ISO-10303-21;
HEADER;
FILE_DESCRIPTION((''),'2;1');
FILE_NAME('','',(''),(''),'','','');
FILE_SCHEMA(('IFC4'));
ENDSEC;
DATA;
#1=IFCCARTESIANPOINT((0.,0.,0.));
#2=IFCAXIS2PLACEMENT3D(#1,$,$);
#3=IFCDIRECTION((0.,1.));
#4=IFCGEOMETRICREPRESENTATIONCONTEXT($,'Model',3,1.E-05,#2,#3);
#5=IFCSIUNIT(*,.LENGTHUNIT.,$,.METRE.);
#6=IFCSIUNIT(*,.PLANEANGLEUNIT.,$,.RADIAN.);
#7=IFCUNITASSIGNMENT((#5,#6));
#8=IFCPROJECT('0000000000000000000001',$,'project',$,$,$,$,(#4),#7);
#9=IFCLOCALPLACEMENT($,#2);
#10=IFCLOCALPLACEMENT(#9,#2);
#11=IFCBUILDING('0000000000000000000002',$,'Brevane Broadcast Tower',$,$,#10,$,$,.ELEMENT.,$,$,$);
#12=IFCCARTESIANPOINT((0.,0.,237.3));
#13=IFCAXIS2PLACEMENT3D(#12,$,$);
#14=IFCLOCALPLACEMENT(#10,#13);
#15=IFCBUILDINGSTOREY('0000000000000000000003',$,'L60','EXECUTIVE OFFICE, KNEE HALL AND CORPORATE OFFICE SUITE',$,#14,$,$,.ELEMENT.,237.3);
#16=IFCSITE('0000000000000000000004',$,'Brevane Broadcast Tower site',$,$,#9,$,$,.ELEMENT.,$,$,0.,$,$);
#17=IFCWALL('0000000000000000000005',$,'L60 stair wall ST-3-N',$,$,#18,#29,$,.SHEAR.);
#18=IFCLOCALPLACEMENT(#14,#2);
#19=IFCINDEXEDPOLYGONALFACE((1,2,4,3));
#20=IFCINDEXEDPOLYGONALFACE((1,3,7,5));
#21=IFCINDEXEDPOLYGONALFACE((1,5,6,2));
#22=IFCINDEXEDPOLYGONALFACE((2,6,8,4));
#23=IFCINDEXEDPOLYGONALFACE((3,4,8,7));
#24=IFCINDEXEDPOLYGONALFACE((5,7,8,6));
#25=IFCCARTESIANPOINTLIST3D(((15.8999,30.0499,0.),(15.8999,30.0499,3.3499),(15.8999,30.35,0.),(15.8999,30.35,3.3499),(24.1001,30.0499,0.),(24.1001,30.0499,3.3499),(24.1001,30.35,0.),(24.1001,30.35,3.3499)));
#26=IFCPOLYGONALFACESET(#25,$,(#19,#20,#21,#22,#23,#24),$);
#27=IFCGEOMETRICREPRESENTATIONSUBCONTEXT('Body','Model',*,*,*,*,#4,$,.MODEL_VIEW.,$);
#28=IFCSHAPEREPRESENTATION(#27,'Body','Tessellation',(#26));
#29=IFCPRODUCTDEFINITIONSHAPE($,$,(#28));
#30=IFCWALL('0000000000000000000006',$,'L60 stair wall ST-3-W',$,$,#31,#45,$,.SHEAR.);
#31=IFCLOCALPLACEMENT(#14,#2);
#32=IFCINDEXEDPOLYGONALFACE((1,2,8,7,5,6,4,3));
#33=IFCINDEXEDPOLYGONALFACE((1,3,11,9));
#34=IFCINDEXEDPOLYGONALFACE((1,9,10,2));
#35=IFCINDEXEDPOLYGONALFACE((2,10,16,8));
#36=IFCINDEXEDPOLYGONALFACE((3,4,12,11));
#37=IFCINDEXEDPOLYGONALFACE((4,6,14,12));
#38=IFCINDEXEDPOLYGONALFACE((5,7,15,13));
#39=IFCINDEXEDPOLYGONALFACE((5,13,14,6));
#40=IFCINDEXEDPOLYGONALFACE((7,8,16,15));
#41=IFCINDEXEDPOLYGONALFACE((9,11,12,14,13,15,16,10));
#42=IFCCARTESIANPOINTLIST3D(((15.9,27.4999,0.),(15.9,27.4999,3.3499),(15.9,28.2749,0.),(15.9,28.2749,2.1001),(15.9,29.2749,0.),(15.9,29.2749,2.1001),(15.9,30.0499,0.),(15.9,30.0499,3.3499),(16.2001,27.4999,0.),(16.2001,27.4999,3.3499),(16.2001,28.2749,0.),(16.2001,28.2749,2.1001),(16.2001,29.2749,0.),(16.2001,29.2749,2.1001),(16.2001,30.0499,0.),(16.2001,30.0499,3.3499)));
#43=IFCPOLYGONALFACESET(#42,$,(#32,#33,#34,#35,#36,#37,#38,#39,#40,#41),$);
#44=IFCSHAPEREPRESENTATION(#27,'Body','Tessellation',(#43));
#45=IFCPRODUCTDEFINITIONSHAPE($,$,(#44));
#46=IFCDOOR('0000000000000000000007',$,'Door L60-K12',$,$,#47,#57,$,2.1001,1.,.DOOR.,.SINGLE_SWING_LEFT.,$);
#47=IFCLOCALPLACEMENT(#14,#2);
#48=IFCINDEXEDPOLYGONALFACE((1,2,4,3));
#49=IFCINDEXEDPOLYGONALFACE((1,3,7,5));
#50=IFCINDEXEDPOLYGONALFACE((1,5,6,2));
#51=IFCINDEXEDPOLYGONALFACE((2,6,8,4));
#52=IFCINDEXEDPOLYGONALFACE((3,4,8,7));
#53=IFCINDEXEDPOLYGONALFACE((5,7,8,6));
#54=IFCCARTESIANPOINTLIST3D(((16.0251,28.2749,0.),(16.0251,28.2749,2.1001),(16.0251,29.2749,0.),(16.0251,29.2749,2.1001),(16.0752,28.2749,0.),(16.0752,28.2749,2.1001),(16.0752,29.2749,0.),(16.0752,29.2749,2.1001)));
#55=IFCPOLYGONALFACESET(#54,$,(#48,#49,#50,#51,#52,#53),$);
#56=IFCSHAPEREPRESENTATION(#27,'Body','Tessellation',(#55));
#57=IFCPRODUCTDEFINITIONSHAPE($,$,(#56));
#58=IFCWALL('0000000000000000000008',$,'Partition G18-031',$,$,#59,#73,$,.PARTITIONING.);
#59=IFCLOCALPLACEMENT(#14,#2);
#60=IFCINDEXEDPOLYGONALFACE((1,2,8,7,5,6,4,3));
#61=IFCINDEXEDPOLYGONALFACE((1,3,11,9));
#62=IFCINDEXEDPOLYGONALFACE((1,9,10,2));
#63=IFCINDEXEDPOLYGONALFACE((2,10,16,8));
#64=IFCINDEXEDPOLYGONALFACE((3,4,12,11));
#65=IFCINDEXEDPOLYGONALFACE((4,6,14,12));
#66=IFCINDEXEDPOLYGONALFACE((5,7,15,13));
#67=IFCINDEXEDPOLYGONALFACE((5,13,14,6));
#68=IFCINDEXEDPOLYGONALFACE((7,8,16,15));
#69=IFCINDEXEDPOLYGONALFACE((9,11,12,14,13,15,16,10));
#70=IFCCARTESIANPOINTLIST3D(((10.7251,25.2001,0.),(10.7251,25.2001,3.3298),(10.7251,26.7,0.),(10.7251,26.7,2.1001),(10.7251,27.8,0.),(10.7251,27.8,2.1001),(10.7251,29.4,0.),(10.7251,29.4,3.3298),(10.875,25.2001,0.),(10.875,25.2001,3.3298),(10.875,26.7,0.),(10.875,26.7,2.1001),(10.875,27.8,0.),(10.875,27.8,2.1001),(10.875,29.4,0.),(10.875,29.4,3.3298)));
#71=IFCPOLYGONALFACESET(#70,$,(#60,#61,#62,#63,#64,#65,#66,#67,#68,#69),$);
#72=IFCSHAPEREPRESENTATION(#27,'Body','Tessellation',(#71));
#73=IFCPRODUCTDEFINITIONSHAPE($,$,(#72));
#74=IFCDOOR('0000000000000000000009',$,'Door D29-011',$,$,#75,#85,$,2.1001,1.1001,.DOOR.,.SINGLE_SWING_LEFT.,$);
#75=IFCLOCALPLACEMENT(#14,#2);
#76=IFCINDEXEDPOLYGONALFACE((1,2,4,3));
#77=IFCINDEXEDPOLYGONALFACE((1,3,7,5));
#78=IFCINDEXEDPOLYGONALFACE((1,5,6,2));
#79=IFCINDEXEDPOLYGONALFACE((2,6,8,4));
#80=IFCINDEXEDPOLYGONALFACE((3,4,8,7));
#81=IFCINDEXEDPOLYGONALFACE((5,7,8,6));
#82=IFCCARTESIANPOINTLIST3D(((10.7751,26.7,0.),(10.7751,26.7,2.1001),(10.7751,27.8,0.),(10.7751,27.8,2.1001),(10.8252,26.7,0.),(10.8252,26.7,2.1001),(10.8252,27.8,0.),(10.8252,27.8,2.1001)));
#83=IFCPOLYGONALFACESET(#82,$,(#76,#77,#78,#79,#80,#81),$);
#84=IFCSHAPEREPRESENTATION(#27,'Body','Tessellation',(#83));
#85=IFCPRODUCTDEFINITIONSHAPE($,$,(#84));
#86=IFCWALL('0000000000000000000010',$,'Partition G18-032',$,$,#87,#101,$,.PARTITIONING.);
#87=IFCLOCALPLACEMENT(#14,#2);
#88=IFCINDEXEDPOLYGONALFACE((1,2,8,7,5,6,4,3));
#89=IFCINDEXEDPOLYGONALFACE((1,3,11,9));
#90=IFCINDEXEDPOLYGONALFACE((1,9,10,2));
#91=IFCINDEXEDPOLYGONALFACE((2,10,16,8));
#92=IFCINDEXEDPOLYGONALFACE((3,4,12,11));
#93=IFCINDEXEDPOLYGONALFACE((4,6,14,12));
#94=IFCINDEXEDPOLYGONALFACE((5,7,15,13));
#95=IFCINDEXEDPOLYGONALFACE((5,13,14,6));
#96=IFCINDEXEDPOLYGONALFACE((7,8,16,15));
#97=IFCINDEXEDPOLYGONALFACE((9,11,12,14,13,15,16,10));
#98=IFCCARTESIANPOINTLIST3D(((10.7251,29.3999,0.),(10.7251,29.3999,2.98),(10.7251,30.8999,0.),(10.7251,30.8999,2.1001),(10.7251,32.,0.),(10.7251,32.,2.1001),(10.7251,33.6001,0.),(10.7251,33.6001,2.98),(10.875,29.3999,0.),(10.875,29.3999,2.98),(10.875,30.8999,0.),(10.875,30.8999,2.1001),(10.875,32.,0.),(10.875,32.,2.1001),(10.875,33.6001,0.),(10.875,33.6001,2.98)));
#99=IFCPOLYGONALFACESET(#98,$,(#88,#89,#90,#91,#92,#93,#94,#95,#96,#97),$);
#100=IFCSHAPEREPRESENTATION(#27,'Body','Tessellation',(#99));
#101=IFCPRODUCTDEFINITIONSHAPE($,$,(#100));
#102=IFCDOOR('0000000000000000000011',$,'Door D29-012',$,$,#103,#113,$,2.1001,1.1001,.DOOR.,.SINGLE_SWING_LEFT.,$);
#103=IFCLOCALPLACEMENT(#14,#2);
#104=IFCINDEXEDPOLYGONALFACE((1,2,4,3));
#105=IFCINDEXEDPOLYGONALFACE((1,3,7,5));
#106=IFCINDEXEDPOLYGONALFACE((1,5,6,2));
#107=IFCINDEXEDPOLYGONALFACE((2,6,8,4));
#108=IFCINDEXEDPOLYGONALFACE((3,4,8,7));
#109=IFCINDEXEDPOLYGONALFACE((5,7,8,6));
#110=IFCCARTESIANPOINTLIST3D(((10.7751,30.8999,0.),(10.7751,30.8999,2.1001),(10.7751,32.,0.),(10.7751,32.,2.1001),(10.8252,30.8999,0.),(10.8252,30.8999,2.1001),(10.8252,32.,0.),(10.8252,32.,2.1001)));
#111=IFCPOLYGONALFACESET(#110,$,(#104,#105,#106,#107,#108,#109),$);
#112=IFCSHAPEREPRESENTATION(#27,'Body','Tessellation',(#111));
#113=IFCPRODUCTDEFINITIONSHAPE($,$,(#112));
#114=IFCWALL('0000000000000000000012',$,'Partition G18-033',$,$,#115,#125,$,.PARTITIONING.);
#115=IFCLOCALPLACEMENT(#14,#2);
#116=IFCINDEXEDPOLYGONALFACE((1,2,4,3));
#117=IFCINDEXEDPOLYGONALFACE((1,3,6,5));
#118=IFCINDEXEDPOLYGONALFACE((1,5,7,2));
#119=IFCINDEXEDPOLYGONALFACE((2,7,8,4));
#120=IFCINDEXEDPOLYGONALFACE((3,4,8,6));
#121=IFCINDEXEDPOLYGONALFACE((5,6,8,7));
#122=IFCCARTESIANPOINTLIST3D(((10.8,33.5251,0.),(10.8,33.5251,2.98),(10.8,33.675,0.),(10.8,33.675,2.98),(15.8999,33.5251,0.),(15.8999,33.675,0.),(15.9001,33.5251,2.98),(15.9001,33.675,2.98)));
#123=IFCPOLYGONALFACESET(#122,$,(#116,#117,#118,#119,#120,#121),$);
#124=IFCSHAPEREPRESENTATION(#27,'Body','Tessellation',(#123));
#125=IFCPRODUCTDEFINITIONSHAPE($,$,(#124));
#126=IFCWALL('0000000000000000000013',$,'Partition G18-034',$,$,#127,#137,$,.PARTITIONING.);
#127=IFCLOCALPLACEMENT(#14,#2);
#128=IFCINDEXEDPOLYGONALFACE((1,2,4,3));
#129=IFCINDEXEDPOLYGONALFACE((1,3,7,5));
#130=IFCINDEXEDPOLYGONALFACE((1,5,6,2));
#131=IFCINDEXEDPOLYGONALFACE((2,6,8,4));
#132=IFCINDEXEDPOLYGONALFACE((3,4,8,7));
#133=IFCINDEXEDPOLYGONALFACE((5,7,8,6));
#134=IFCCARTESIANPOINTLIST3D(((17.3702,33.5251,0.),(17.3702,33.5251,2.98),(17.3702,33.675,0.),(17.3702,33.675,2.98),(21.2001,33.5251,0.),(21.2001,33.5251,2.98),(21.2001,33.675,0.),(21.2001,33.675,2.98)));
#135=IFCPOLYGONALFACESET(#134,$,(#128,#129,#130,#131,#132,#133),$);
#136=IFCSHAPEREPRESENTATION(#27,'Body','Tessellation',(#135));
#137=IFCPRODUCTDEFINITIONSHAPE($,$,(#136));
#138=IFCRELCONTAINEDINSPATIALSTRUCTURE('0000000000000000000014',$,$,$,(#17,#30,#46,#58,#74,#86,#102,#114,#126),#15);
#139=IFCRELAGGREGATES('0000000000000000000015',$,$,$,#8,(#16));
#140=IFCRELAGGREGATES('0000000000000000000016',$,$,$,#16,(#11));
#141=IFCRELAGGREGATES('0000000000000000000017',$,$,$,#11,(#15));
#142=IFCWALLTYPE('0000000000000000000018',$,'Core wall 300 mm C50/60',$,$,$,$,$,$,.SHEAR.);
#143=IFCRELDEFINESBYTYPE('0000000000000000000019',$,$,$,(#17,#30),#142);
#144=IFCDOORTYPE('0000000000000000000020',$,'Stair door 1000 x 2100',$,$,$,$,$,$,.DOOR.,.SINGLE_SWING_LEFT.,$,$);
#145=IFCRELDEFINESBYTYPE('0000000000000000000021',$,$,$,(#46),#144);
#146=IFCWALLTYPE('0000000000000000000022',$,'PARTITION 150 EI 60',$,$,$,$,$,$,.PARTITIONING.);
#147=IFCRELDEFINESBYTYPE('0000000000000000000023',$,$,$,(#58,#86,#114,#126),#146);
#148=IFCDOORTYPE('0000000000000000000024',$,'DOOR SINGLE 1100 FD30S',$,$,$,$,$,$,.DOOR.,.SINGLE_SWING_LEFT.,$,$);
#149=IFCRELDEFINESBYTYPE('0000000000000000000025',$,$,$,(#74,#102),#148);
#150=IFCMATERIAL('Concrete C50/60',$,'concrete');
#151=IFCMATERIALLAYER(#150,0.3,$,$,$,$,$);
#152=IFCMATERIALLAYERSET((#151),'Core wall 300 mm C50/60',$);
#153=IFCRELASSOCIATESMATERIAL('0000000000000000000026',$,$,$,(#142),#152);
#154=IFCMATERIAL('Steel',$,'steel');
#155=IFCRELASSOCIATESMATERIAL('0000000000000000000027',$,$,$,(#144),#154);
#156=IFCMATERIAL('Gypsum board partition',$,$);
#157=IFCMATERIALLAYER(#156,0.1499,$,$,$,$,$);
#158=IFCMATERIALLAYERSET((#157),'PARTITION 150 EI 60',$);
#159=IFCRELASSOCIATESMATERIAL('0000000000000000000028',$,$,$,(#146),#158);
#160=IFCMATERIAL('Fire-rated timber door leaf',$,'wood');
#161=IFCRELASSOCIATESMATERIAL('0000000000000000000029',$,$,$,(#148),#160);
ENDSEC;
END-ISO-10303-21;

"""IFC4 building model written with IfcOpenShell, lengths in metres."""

from ifc_helpers import new_model, si_unit, direction, frame, frame_2d, origin, place, context, subcontext, project, spatial, polyline, rectangle, outline, extrude, material, layer, layer_set, type_object, element, fill, save


model = new_model("IFC4")

# Units and contexts
model_context = context("Model", 3, precision=1e-05, world=origin(), true_north=direction((0.0, 1.0)))
body_context = subcontext(model_context, "Body", "Model", "MODEL_VIEW")
ifc_project = project(units=[si_unit("LENGTHUNIT", "METRE"), si_unit("PLANEANGLEUNIT", "RADIAN")], contexts=[model_context])

# Site, building, storey
site_placement = place(None, origin())
site = spatial("IfcSite", under=ifc_project, at=site_placement, Name="Brevane Broadcast Tower site", CompositionType="ELEMENT", RefElevation=0.0)
building_placement = place(site_placement, origin())
building = spatial("IfcBuilding", under=site, at=building_placement, Name="Brevane Broadcast Tower", CompositionType="ELEMENT")
storey_placement = place(building_placement, frame((0.0, 0.0, 237.3)))
storey = spatial("IfcBuildingStorey", under=building, at=storey_placement, Name="L60", Description="EXECUTIVE OFFICE, KNEE HALL AND CORPORATE OFFICE SUITE", CompositionType="ELEMENT", Elevation=237.3)

# Shared definitions
ifc_material_1 = material(Name="Concrete C50/60", Category="concrete")

# Wall
ifc_layer_1 = layer(ifc_material_1, 0.3)
ifc_layer_set_1 = layer_set([ifc_layer_1], Name="Core wall 300 mm C50/60")
wall_type_1 = type_object("IfcWallType", Name="Core wall 300 mm C50/60", PredefinedType="SHEAR", material=ifc_layer_set_1)
for number, where, z_axis, x_axis, name in (
    (1, (15.8999, 30.2, 0.0), (0.0, 0.0, 1.0), (1.0, 0.0, 0.0), "L60 stair wall ST-3-N"),
):
    element("IfcWall", number, at=place(storey_placement, frame(where, z_axis=z_axis, x_axis=x_axis)), inside=storey, type_object=wall_type_1, Name=name, PredefinedType="SHEAR", context=body_context, shape_type="SweptSolid", body=[
        extrude(rectangle(XDim=8.2002, YDim=0.3, at=frame_2d((4.1001, 0.0))), origin(), (0.0, 0.0, 1.0), 3.3499),
    ])

# Walls, openings, doors
wall_1_placement = place(storey_placement, frame((16.05, 27.5, 0.0), z_axis=(0.0, 0.0, 1.0), x_axis=(0.0, 1.0, 0.0)))
wall_1 = element("IfcWall", 2, at=wall_1_placement, inside=storey, type_object=wall_type_1, Name="L60 stair wall ST-3-W", PredefinedType="SHEAR", context=body_context, shape_type="SweptSolid", body=[
    extrude(rectangle(XDim=2.55, YDim=0.3, at=frame_2d((1.2749, 0.0))), origin(), (0.0, 0.0, 1.0), 3.3499),
])
opening_1_placement = place(wall_1_placement, frame((0.7749, 0.0, 0.0)))
opening_1 = element("IfcOpeningElement", 3, at=opening_1_placement, cuts=wall_1, PredefinedType="OPENING", context=body_context, shape_type="SweptSolid", body=[
    extrude(rectangle(XDim=1.0, YDim=2.1001, at=frame_2d((0.5, 1.05))), frame((0.0, 0.1599, 0.0), z_axis=(0.0, -1.0, 0.0), x_axis=(1.0, 0.0, 0.0)), (0.0, 0.0, 1.0), 0.3201),
])
ifc_material_2 = material(Name="Steel", Category="steel")
door_type_1 = type_object("IfcDoorType", Name="Stair door 1000 x 2100", OperationType="SINGLE_SWING_LEFT", PredefinedType="DOOR", material=ifc_material_2)
door_1_placement = place(opening_1_placement, origin())
door_1 = element("IfcDoor", 4, at=door_1_placement, inside=storey, type_object=door_type_1, Name="Door L60-K12", OperationType="SINGLE_SWING_LEFT", OverallHeight=2.1001, OverallWidth=1.0, PredefinedType="DOOR", context=body_context, shape_type="SweptSolid", body=[
    extrude(rectangle(XDim=1.0, YDim=2.1001, at=frame_2d((0.5, 1.05))), frame((0.0, 0.0249, 0.0), z_axis=(0.0, -1.0, 0.0), x_axis=(1.0, 0.0, 0.0)), (0.0, 0.0, 1.0), 0.05),
])
fill(opening_1, door_1)
ifc_material_3 = material(Name="Gypsum board partition")
ifc_layer_2 = layer(ifc_material_3, 0.1499)
ifc_layer_set_2 = layer_set([ifc_layer_2], Name="PARTITION 150 EI 60")
wall_type_2 = type_object("IfcWallType", Name="PARTITION 150 EI 60", PredefinedType="PARTITIONING", material=ifc_layer_set_2)
wall_2_placement = place(storey_placement, frame((10.8, 25.2, 0.0), z_axis=(0.0, 0.0, 1.0), x_axis=(0.0, 1.0, 0.0)))
wall_2 = element("IfcWall", 5, at=wall_2_placement, inside=storey, type_object=wall_type_2, Name="Partition G18-031", PredefinedType="PARTITIONING", context=body_context, shape_type="SweptSolid", body=[
    extrude(rectangle(XDim=4.2, YDim=0.1499, at=frame_2d((2.1001, 0.0))), origin(), (0.0, 0.0, 1.0), 3.3298),
])
opening_2_placement = place(wall_2_placement, frame((1.5, 0.0, 0.0)))
opening_2 = element("IfcOpeningElement", 6, at=opening_2_placement, cuts=wall_2, PredefinedType="OPENING", context=body_context, shape_type="SweptSolid", body=[
    extrude(rectangle(XDim=1.1001, YDim=2.1001, at=frame_2d((0.55, 1.05))), frame((0.0, 0.085, 0.0), z_axis=(0.0, -1.0, 0.0), x_axis=(1.0, 0.0, 0.0)), (0.0, 0.0, 1.0), 0.1699),
])
ifc_material_4 = material(Name="Fire-rated timber door leaf", Category="wood")
door_type_2 = type_object("IfcDoorType", Name="DOOR SINGLE 1100 FD30S", OperationType="SINGLE_SWING_LEFT", PredefinedType="DOOR", material=ifc_material_4)
door_2_placement = place(opening_2_placement, origin())
door_2 = element("IfcDoor", 7, at=door_2_placement, inside=storey, type_object=door_type_2, Name="Door D29-011", OperationType="SINGLE_SWING_LEFT", OverallHeight=2.1001, OverallWidth=1.1001, PredefinedType="DOOR", context=body_context, shape_type="SweptSolid", body=[
    extrude(rectangle(XDim=1.1001, YDim=2.1001, at=frame_2d((0.55, 1.05))), frame((0.0, 0.0249, 0.0), z_axis=(0.0, -1.0, 0.0), x_axis=(1.0, 0.0, 0.0)), (0.0, 0.0, 1.0), 0.05),
])
fill(opening_2, door_2)
wall_3_placement = place(storey_placement, frame((10.8, 29.3999, 0.0), z_axis=(0.0, 0.0, 1.0), x_axis=(0.0, 1.0, 0.0)))
wall_3 = element("IfcWall", 8, at=wall_3_placement, inside=storey, type_object=wall_type_2, Name="Partition G18-032", PredefinedType="PARTITIONING", context=body_context, shape_type="SweptSolid", body=[
    extrude(rectangle(XDim=4.2002, YDim=0.1499, at=frame_2d((2.1001, 0.0))), origin(), (0.0, 0.0, 1.0), 2.98),
])
opening_3_placement = place(wall_3_placement, frame((1.5, 0.0, 0.0)))
opening_3 = element("IfcOpeningElement", 9, at=opening_3_placement, cuts=wall_3, PredefinedType="OPENING", context=body_context, shape_type="SweptSolid", body=[
    extrude(rectangle(XDim=1.1001, YDim=2.1001, at=frame_2d((0.55, 1.05))), frame((0.0, 0.085, 0.0), z_axis=(0.0, -1.0, 0.0), x_axis=(1.0, 0.0, 0.0)), (0.0, 0.0, 1.0), 0.1699),
])
door_3_placement = place(opening_3_placement, origin())
door_3 = element("IfcDoor", 10, at=door_3_placement, inside=storey, type_object=door_type_2, Name="Door D29-012", OperationType="SINGLE_SWING_LEFT", OverallHeight=2.1001, OverallWidth=1.1001, PredefinedType="DOOR", context=body_context, shape_type="SweptSolid", body=[
    extrude(rectangle(XDim=1.1001, YDim=2.1001, at=frame_2d((0.55, 1.05))), frame((0.0, 0.0249, 0.0), z_axis=(0.0, -1.0, 0.0), x_axis=(1.0, 0.0, 0.0)), (0.0, 0.0, 1.0), 0.05),
])
fill(opening_3, door_3)

# Walls
wall_4_placement = place(storey_placement, frame((10.8, 33.6001, 0.0), z_axis=(0.0, 0.0, 1.0), x_axis=(1.0, 0.0, 0.0)))
element("IfcWall", 11, at=wall_4_placement, inside=storey, type_object=wall_type_2, Name="Partition G18-033", PredefinedType="PARTITIONING", context=body_context, shape_type="SweptSolid", body=[
    extrude(outline(polyline([(0.0, 0.0), (5.0999, 0.0), (5.1001, 2.98), (0.0, 2.98), (0.0, 0.0)])), frame((0.0, 0.075, 0.0), z_axis=(0.0, -1.0, 0.0), x_axis=(1.0, 0.0, 0.0)), (0.0, 0.0, 1.0), 0.1499),
])
wall_5_placement = place(storey_placement, frame((17.3701, 33.6001, 0.0), z_axis=(0.0, 0.0, 1.0), x_axis=(1.0, 0.0, 0.0)))
element("IfcWall", 12, at=wall_5_placement, inside=storey, type_object=wall_type_2, Name="Partition G18-034", PredefinedType="PARTITIONING", context=body_context, shape_type="SweptSolid", body=[
    extrude(rectangle(XDim=3.8298, YDim=0.1499, at=frame_2d((1.915, 0.0))), origin(), (0.0, 0.0, 1.0), 2.98),
])

save(model, "model.ifc")
